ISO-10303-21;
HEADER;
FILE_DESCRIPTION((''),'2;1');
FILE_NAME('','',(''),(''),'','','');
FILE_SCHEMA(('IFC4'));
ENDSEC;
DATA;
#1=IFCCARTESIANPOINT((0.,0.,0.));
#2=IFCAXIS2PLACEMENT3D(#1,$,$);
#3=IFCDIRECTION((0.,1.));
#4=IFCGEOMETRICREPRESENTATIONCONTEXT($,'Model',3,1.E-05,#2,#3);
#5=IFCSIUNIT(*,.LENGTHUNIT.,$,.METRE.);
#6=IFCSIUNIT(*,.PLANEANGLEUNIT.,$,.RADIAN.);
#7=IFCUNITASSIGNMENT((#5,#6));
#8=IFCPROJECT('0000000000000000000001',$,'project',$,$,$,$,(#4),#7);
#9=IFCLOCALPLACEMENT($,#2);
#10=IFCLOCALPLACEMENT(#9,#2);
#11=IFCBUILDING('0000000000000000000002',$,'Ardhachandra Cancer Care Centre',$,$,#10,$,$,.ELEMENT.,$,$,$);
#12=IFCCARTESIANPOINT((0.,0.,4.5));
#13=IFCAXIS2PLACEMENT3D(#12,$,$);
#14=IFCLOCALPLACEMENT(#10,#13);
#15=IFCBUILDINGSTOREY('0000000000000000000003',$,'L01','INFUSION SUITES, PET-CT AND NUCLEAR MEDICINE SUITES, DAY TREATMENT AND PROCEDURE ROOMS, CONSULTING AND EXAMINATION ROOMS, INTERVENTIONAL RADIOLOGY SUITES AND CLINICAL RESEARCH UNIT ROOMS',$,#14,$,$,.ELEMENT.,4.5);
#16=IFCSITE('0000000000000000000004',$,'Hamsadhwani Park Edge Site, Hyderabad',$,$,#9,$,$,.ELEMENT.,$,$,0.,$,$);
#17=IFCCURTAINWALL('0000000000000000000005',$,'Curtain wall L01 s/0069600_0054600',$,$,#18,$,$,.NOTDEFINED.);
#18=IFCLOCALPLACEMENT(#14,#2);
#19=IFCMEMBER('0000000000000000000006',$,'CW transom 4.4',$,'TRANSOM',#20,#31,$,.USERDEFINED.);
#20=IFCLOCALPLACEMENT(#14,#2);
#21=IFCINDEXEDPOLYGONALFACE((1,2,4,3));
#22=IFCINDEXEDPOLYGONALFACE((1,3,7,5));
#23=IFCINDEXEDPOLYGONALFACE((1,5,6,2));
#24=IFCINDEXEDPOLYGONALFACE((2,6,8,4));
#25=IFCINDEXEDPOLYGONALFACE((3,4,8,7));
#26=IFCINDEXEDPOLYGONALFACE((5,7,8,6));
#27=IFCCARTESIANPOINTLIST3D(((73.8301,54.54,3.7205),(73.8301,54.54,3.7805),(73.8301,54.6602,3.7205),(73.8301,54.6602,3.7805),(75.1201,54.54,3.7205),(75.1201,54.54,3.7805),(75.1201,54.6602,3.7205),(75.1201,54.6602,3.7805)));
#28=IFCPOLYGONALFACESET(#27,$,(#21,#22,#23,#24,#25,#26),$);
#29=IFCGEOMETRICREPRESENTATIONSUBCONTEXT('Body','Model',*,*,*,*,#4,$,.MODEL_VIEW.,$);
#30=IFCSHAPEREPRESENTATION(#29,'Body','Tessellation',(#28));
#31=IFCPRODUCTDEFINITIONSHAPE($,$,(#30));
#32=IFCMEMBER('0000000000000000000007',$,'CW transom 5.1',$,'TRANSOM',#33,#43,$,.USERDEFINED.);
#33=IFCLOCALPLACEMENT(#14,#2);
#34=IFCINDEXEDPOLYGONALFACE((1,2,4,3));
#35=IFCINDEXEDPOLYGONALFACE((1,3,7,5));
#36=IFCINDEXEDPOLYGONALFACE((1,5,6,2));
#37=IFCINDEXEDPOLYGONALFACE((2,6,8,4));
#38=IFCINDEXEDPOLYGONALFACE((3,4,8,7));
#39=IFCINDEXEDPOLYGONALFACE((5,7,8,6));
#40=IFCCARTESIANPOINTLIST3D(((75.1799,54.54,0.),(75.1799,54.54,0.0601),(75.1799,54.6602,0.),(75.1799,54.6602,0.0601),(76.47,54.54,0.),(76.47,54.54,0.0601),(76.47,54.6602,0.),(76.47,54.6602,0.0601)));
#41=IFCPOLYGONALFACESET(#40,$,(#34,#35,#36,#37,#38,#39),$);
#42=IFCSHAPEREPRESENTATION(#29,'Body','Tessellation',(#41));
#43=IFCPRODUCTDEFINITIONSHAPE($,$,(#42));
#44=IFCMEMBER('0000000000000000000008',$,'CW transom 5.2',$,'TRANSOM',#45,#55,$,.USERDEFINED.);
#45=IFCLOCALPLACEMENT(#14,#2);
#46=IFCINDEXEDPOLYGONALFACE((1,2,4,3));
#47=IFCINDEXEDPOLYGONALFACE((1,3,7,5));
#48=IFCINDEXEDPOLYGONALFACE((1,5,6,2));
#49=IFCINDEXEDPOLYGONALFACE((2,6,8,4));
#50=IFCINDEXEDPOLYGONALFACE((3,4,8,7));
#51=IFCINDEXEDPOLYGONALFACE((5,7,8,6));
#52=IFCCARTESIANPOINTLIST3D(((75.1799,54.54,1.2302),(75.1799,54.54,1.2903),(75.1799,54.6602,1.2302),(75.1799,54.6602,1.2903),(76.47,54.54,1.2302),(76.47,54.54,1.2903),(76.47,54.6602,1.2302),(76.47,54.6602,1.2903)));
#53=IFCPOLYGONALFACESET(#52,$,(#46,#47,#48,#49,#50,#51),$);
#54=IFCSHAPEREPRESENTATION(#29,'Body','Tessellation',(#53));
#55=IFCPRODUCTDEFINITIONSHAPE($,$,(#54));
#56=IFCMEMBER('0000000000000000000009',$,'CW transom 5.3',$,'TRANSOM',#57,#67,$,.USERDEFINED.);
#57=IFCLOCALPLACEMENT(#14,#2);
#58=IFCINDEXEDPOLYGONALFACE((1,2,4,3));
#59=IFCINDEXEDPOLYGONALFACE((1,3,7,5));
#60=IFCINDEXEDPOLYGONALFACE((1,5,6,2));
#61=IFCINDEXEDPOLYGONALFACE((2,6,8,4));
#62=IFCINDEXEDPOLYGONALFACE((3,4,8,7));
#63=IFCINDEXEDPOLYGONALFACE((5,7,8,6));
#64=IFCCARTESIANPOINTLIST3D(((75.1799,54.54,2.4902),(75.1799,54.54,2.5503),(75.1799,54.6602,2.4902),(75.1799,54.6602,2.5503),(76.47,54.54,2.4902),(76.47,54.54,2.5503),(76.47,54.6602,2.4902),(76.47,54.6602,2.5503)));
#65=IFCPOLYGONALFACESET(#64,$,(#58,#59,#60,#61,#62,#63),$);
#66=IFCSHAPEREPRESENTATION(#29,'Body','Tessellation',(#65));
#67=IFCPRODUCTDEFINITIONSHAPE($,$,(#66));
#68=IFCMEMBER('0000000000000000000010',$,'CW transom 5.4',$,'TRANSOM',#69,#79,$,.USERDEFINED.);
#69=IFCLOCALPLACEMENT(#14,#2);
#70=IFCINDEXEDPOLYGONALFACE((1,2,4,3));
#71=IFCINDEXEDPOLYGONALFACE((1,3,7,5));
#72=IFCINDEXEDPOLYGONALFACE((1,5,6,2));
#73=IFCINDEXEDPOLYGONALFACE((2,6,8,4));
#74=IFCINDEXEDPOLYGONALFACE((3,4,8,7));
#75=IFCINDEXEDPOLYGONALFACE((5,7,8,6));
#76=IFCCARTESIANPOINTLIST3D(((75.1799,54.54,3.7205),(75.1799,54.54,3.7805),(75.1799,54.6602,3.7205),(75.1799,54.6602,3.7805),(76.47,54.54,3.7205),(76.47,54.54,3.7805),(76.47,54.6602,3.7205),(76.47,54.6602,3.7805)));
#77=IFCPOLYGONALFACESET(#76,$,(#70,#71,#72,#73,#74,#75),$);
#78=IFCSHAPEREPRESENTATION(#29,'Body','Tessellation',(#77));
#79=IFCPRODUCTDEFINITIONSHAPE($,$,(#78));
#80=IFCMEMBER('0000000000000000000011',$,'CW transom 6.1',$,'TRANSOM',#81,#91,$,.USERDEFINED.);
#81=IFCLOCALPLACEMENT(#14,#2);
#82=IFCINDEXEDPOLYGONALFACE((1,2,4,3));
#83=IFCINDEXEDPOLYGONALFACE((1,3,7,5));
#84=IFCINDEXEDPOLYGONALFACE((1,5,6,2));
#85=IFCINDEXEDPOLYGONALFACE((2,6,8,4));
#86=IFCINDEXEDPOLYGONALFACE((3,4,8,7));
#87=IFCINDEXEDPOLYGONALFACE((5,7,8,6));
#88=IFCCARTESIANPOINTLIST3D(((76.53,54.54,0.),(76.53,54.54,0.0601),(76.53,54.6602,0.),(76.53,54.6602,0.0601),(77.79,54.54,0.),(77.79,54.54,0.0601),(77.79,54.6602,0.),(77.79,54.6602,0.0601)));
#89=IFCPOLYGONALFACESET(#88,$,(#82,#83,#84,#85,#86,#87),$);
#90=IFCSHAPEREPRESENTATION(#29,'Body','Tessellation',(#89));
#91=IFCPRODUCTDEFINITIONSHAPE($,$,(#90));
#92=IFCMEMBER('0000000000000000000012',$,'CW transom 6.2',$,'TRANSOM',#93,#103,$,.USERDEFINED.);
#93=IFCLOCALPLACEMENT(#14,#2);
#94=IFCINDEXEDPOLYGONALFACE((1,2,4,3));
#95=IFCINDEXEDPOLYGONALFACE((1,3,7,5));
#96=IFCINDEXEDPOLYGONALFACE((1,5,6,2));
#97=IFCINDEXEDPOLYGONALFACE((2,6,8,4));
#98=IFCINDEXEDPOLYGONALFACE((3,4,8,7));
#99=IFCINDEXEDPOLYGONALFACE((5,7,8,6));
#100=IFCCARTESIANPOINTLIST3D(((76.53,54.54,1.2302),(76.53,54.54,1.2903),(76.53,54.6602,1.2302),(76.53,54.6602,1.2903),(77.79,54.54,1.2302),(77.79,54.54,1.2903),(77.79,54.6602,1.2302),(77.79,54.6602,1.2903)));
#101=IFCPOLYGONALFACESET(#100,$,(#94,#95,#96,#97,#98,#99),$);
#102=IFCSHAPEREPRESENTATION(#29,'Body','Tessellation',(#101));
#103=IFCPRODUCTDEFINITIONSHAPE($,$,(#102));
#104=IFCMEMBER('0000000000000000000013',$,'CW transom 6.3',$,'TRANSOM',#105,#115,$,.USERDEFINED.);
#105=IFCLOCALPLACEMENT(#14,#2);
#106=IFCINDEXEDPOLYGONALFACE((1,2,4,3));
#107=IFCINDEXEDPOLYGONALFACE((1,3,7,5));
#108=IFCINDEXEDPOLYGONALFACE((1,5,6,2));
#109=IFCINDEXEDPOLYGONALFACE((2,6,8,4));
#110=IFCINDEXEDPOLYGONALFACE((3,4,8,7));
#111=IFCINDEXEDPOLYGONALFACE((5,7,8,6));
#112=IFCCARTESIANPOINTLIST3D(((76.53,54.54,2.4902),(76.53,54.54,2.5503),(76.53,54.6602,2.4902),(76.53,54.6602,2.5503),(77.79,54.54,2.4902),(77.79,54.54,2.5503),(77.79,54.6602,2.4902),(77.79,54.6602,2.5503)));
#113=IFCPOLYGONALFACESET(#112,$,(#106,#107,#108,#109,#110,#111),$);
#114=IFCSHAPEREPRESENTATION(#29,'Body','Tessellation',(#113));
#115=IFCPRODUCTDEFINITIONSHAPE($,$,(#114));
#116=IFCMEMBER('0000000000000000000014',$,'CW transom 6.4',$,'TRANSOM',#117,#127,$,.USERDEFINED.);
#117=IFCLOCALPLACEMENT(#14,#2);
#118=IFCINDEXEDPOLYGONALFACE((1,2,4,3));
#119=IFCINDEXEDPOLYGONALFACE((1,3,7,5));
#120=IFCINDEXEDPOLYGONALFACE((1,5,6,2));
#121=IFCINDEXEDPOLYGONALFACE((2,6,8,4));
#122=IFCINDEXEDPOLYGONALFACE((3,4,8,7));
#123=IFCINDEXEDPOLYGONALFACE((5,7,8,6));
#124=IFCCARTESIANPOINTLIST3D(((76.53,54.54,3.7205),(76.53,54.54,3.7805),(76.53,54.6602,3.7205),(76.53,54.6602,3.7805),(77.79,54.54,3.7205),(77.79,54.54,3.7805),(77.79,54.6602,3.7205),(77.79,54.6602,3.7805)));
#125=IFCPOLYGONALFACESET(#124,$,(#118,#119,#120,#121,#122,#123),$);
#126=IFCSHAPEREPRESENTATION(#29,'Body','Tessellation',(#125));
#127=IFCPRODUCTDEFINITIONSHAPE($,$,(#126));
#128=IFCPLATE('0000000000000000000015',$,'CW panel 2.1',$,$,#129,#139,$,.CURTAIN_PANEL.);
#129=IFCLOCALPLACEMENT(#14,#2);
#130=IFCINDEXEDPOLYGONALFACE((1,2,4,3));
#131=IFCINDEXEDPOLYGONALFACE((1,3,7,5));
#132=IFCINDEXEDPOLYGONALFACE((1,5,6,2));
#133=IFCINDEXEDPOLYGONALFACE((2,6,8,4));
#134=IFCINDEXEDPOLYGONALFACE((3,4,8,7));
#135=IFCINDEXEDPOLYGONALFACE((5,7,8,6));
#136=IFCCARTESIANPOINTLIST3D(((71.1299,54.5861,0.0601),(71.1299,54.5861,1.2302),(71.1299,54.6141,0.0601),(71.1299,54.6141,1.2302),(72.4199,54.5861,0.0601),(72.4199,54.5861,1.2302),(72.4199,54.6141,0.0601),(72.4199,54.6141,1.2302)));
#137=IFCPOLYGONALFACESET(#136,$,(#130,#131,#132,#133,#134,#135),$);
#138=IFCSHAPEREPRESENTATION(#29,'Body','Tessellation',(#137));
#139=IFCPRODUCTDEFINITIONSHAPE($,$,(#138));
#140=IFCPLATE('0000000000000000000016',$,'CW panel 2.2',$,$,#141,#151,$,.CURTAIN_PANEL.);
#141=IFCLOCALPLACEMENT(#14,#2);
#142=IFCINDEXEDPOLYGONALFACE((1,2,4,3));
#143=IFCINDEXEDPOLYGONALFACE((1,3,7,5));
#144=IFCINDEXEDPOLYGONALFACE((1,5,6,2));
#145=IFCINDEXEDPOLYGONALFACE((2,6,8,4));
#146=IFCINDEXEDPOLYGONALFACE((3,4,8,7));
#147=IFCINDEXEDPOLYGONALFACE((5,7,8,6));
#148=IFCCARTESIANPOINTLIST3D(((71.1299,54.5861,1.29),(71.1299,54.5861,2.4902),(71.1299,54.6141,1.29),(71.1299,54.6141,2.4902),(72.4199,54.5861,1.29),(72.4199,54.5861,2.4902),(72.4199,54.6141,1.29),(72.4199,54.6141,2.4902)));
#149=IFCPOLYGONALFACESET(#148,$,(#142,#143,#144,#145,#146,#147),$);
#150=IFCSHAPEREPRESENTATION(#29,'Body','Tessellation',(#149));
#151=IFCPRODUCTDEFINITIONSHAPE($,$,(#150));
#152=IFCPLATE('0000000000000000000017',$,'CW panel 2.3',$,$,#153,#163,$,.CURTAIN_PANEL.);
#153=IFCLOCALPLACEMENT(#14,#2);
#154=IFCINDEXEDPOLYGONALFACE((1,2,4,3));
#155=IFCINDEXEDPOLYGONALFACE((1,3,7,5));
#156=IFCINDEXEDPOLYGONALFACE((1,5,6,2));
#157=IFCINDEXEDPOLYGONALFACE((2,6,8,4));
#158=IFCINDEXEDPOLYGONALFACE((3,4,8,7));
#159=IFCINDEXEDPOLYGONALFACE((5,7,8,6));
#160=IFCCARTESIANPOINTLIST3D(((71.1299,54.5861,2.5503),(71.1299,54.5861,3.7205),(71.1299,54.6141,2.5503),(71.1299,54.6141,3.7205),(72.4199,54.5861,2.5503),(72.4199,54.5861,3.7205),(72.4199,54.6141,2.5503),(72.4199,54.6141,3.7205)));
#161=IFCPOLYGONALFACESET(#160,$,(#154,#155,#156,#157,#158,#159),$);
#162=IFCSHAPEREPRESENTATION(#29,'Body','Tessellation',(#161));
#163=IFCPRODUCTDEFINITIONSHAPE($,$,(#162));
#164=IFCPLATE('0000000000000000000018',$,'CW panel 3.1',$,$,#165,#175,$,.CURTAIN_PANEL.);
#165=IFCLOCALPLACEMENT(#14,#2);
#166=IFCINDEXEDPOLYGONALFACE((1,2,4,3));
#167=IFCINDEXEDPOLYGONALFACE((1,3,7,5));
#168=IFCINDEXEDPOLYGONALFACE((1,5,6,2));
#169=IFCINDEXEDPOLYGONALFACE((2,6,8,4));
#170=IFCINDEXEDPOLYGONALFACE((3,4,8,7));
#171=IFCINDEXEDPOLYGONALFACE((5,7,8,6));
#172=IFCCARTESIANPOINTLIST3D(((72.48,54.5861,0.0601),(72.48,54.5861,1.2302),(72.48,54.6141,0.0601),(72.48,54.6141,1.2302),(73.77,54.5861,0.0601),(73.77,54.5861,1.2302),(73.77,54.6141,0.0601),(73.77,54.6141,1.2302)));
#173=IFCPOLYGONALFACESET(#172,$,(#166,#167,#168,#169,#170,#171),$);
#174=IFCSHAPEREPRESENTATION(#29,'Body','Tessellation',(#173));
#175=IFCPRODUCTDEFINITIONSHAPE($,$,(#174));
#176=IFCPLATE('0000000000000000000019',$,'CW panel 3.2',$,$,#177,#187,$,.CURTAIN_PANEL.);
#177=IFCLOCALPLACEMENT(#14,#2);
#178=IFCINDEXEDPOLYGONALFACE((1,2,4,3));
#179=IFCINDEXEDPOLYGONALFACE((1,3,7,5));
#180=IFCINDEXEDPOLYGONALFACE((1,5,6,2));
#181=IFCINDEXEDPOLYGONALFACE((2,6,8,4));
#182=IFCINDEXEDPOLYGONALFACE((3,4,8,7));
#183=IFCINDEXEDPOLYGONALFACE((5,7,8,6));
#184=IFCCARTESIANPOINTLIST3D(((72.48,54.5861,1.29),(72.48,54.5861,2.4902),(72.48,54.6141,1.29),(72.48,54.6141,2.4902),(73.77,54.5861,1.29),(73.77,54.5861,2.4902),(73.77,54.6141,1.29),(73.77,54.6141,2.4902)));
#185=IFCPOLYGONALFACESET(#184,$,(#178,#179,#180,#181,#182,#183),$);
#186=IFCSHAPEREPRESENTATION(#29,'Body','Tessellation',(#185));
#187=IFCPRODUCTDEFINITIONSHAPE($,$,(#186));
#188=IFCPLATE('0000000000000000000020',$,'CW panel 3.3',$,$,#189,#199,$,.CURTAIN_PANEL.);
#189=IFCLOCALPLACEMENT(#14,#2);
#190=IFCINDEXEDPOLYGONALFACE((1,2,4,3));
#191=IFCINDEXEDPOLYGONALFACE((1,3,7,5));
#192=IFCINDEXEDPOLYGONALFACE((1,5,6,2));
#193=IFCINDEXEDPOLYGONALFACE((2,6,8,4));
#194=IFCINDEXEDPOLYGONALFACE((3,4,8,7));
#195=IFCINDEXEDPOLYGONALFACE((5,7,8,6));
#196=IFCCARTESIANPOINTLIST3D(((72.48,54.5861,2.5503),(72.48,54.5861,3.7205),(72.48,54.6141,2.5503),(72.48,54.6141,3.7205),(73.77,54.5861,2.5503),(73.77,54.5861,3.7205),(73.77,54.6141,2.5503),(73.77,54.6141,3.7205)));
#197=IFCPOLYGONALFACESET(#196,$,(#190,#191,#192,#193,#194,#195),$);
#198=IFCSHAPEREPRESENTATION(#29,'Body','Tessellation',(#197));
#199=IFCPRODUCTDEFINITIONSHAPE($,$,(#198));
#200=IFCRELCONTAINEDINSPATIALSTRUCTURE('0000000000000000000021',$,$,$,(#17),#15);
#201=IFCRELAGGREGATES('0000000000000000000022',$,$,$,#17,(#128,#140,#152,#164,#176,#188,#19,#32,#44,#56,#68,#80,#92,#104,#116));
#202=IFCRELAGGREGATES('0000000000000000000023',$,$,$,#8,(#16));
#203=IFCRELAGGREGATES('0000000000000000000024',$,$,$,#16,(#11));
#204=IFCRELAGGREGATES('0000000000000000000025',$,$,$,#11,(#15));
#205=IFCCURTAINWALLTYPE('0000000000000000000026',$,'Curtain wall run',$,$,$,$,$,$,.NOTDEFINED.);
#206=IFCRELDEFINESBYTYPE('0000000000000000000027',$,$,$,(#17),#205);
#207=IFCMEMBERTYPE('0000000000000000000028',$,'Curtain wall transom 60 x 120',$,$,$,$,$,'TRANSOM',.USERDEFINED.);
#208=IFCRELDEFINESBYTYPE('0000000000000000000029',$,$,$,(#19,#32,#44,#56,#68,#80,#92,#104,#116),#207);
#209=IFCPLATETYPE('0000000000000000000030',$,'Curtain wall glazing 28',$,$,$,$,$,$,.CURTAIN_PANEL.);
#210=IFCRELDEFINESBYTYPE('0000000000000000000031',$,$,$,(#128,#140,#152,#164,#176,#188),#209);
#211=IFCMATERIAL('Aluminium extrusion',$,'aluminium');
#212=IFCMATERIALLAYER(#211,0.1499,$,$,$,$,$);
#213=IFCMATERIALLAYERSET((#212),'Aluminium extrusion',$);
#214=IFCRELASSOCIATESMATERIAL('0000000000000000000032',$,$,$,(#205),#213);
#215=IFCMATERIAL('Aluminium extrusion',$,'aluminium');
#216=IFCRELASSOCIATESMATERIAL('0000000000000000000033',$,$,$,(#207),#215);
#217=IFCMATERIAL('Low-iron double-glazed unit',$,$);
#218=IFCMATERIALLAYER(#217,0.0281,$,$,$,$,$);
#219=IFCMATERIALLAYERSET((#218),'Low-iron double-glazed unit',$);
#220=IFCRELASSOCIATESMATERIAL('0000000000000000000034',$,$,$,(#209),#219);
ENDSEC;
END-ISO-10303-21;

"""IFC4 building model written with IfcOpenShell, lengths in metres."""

from ifc_helpers import new_model, si_unit, direction, frame, origin, origin_2d, place, context, subcontext, project, spatial, rectangle, extrude, material, layer, layer_set, material_profile, profile_set, type_object, element, aggregate, save


model = new_model("IFC4")

# Units and contexts
model_context = context("Model", 3, precision=1e-05, world=origin(), true_north=direction((0.0, 1.0)))
body_context = subcontext(model_context, "Body", "Model", "MODEL_VIEW")
ifc_project = project(units=[si_unit("LENGTHUNIT", "METRE"), si_unit("PLANEANGLEUNIT", "RADIAN")], contexts=[model_context])

# Site, building, storey
site_placement = place(None, origin())
site = spatial("IfcSite", under=ifc_project, at=site_placement, Name="Hamsadhwani Park Edge Site, Hyderabad", CompositionType="ELEMENT", RefElevation=0.0)
building_placement = place(site_placement, origin())
building = spatial("IfcBuilding", under=site, at=building_placement, Name="Ardhachandra Cancer Care Centre", CompositionType="ELEMENT")
storey_placement = place(building_placement, frame((0.0, 0.0, 4.5)))
storey = spatial("IfcBuildingStorey", under=building, at=storey_placement, Name="L01", Description="INFUSION SUITES, PET-CT AND NUCLEAR MEDICINE SUITES, DAY TREATMENT AND PROCEDURE ROOMS, CONSULTING AND EXAMINATION ROOMS, INTERVENTIONAL RADIOLOGY SUITES AND CLINICAL RESEARCH UNIT ROOMS", CompositionType="ELEMENT", Elevation=4.5)

# Curtain wall, members, plates
ifc_material_1 = material(Name="Aluminium extrusion", Category="aluminium")
ifc_layer_1 = layer(ifc_material_1, 0.1499)
ifc_layer_set_1 = layer_set([ifc_layer_1], Name="Aluminium extrusion")
curtain_wall_type = type_object("IfcCurtainWallType", Name="Curtain wall run", PredefinedType="NOTDEFINED", material=ifc_layer_set_1)
curtain_wall_placement = place(storey_placement, origin())
curtain_wall = element("IfcCurtainWall", 1, at=curtain_wall_placement, inside=storey, type_object=curtain_wall_type, Name="Curtain wall L01 s/0069600_0054600", PredefinedType="NOTDEFINED")
ifc_material_2 = material(Name="Aluminium extrusion", Category="aluminium")
ifc_material_profile_1 = material_profile(ifc_material_2, rectangle(XDim=0.1201, YDim=0.0601, at=origin_2d()), Name="Curtain wall transom 60 x 120")
ifc_profile_set_1 = profile_set([ifc_material_profile_1], Name="Aluminium extrusion")
member_type_1 = type_object("IfcMemberType", Name="Curtain wall transom 60 x 120", ElementType="TRANSOM", PredefinedType="USERDEFINED", material=ifc_profile_set_1)
member_1_placement = place(storey_placement, frame((73.8301, 54.6001, 3.7505), z_axis=(1.0, 0.0, 0.0), x_axis=(0.0, 1.0, 0.0)))
member_1 = element("IfcMember", 2, at=member_1_placement, type_object=member_type_1, Name="CW transom 4.4", ObjectType="TRANSOM", PredefinedType="USERDEFINED", context=body_context, shape_type="SweptSolid", body=[
    extrude(rectangle(XDim=0.1201, YDim=0.0601, at=origin_2d()), origin(), (0.0, 0.0, 1.0), 1.29),
])
member_2_placement = place(storey_placement, frame((75.1799, 54.6001, 0.03), z_axis=(1.0, 0.0, 0.0), x_axis=(0.0, 1.0, 0.0)))
member_2 = element("IfcMember", 3, at=member_2_placement, type_object=member_type_1, Name="CW transom 5.1", ObjectType="TRANSOM", PredefinedType="USERDEFINED", context=body_context, shape_type="SweptSolid", body=[
    extrude(rectangle(XDim=0.1201, YDim=0.0601, at=origin_2d()), origin(), (0.0, 0.0, 1.0), 1.29),
])
member_3_placement = place(storey_placement, frame((75.1799, 54.6001, 1.2603), z_axis=(1.0, 0.0, 0.0), x_axis=(0.0, 1.0, 0.0)))
member_3 = element("IfcMember", 4, at=member_3_placement, type_object=member_type_1, Name="CW transom 5.2", ObjectType="TRANSOM", PredefinedType="USERDEFINED", context=body_context, shape_type="SweptSolid", body=[
    extrude(rectangle(XDim=0.1201, YDim=0.0601, at=origin_2d()), origin(), (0.0, 0.0, 1.0), 1.29),
])
member_4_placement = place(storey_placement, frame((75.1799, 54.6001, 2.5203), z_axis=(1.0, 0.0, 0.0), x_axis=(0.0, 1.0, 0.0)))
member_4 = element("IfcMember", 5, at=member_4_placement, type_object=member_type_1, Name="CW transom 5.3", ObjectType="TRANSOM", PredefinedType="USERDEFINED", context=body_context, shape_type="SweptSolid", body=[
    extrude(rectangle(XDim=0.1201, YDim=0.0601, at=origin_2d()), origin(), (0.0, 0.0, 1.0), 1.29),
])
member_5_placement = place(storey_placement, frame((75.1799, 54.6001, 3.7505), z_axis=(1.0, 0.0, 0.0), x_axis=(0.0, 1.0, 0.0)))
member_5 = element("IfcMember", 6, at=member_5_placement, type_object=member_type_1, Name="CW transom 5.4", ObjectType="TRANSOM", PredefinedType="USERDEFINED", context=body_context, shape_type="SweptSolid", body=[
    extrude(rectangle(XDim=0.1201, YDim=0.0601, at=origin_2d()), origin(), (0.0, 0.0, 1.0), 1.29),
])
member_6_placement = place(storey_placement, frame((76.53, 54.6001, 0.03), z_axis=(1.0, 0.0, 0.0), x_axis=(0.0, 1.0, 0.0)))
member_6 = element("IfcMember", 7, at=member_6_placement, type_object=member_type_1, Name="CW transom 6.1", ObjectType="TRANSOM", PredefinedType="USERDEFINED", context=body_context, shape_type="SweptSolid", body=[
    extrude(rectangle(XDim=0.1201, YDim=0.0601, at=origin_2d()), origin(), (0.0, 0.0, 1.0), 1.26),
])
member_7_placement = place(storey_placement, frame((76.53, 54.6001, 1.2603), z_axis=(1.0, 0.0, 0.0), x_axis=(0.0, 1.0, 0.0)))
member_7 = element("IfcMember", 8, at=member_7_placement, type_object=member_type_1, Name="CW transom 6.2", ObjectType="TRANSOM", PredefinedType="USERDEFINED", context=body_context, shape_type="SweptSolid", body=[
    extrude(rectangle(XDim=0.1201, YDim=0.0601, at=origin_2d()), origin(), (0.0, 0.0, 1.0), 1.26),
])
member_8_placement = place(storey_placement, frame((76.53, 54.6001, 2.5203), z_axis=(1.0, 0.0, 0.0), x_axis=(0.0, 1.0, 0.0)))
member_8 = element("IfcMember", 9, at=member_8_placement, type_object=member_type_1, Name="CW transom 6.3", ObjectType="TRANSOM", PredefinedType="USERDEFINED", context=body_context, shape_type="SweptSolid", body=[
    extrude(rectangle(XDim=0.1201, YDim=0.0601, at=origin_2d()), origin(), (0.0, 0.0, 1.0), 1.26),
])
member_9_placement = place(storey_placement, frame((76.53, 54.6001, 3.7505), z_axis=(1.0, 0.0, 0.0), x_axis=(0.0, 1.0, 0.0)))
member_9 = element("IfcMember", 10, at=member_9_placement, type_object=member_type_1, Name="CW transom 6.4", ObjectType="TRANSOM", PredefinedType="USERDEFINED", context=body_context, shape_type="SweptSolid", body=[
    extrude(rectangle(XDim=0.1201, YDim=0.0601, at=origin_2d()), origin(), (0.0, 0.0, 1.0), 1.26),
])
ifc_material_3 = material(Name="Low-iron double-glazed unit")
ifc_layer_2 = layer(ifc_material_3, 0.0281)
ifc_layer_set_2 = layer_set([ifc_layer_2], Name="Low-iron double-glazed unit")
plate_type = type_object("IfcPlateType", Name="Curtain wall glazing 28", PredefinedType="CURTAIN_PANEL", material=ifc_layer_set_2)
plate_1_placement = place(storey_placement, frame((71.7749, 54.6001, 0.0601), z_axis=(0.0, 0.0, 1.0), x_axis=(1.0, 0.0, 0.0)))
plate_1 = element("IfcPlate", 11, at=plate_1_placement, type_object=plate_type, Name="CW panel 2.1", PredefinedType="CURTAIN_PANEL", context=body_context, shape_type="SweptSolid", body=[
    extrude(rectangle(XDim=1.29, YDim=0.0281, at=origin_2d()), origin(), (0.0, 0.0, 1.0), 1.1702),
])
plate_2_placement = place(storey_placement, frame((71.7749, 54.6001, 1.29), z_axis=(0.0, 0.0, 1.0), x_axis=(1.0, 0.0, 0.0)))
plate_2 = element("IfcPlate", 12, at=plate_2_placement, type_object=plate_type, Name="CW panel 2.2", PredefinedType="CURTAIN_PANEL", context=body_context, shape_type="SweptSolid", body=[
    extrude(rectangle(XDim=1.29, YDim=0.0281, at=origin_2d()), origin(), (0.0, 0.0, 1.0), 1.2002),
])
plate_3_placement = place(storey_placement, frame((71.7749, 54.6001, 2.5503), z_axis=(0.0, 0.0, 1.0), x_axis=(1.0, 0.0, 0.0)))
plate_3 = element("IfcPlate", 13, at=plate_3_placement, type_object=plate_type, Name="CW panel 2.3", PredefinedType="CURTAIN_PANEL", context=body_context, shape_type="SweptSolid", body=[
    extrude(rectangle(XDim=1.29, YDim=0.0281, at=origin_2d()), origin(), (0.0, 0.0, 1.0), 1.1702),
])
plate_4_placement = place(storey_placement, frame((73.125, 54.6001, 0.0601), z_axis=(0.0, 0.0, 1.0), x_axis=(1.0, 0.0, 0.0)))
plate_4 = element("IfcPlate", 14, at=plate_4_placement, type_object=plate_type, Name="CW panel 3.1", PredefinedType="CURTAIN_PANEL", context=body_context, shape_type="SweptSolid", body=[
    extrude(rectangle(XDim=1.29, YDim=0.0281, at=origin_2d()), origin(), (0.0, 0.0, 1.0), 1.1702),
])
plate_5_placement = place(storey_placement, frame((73.125, 54.6001, 1.29), z_axis=(0.0, 0.0, 1.0), x_axis=(1.0, 0.0, 0.0)))
plate_5 = element("IfcPlate", 15, at=plate_5_placement, type_object=plate_type, Name="CW panel 3.2", PredefinedType="CURTAIN_PANEL", context=body_context, shape_type="SweptSolid", body=[
    extrude(rectangle(XDim=1.29, YDim=0.0281, at=origin_2d()), origin(), (0.0, 0.0, 1.0), 1.2002),
])
plate_6_placement = place(storey_placement, frame((73.125, 54.6001, 2.5503), z_axis=(0.0, 0.0, 1.0), x_axis=(1.0, 0.0, 0.0)))
plate_6 = element("IfcPlate", 16, at=plate_6_placement, type_object=plate_type, Name="CW panel 3.3", PredefinedType="CURTAIN_PANEL", context=body_context, shape_type="SweptSolid", body=[
    extrude(rectangle(XDim=1.29, YDim=0.0281, at=origin_2d()), origin(), (0.0, 0.0, 1.0), 1.1702),
])
aggregate(curtain_wall, [plate_1, plate_2, plate_3, plate_4, plate_5, plate_6, member_1, member_2, member_3, member_4, member_5, member_6, member_7, member_8, member_9])

save(model, "model.ifc")
